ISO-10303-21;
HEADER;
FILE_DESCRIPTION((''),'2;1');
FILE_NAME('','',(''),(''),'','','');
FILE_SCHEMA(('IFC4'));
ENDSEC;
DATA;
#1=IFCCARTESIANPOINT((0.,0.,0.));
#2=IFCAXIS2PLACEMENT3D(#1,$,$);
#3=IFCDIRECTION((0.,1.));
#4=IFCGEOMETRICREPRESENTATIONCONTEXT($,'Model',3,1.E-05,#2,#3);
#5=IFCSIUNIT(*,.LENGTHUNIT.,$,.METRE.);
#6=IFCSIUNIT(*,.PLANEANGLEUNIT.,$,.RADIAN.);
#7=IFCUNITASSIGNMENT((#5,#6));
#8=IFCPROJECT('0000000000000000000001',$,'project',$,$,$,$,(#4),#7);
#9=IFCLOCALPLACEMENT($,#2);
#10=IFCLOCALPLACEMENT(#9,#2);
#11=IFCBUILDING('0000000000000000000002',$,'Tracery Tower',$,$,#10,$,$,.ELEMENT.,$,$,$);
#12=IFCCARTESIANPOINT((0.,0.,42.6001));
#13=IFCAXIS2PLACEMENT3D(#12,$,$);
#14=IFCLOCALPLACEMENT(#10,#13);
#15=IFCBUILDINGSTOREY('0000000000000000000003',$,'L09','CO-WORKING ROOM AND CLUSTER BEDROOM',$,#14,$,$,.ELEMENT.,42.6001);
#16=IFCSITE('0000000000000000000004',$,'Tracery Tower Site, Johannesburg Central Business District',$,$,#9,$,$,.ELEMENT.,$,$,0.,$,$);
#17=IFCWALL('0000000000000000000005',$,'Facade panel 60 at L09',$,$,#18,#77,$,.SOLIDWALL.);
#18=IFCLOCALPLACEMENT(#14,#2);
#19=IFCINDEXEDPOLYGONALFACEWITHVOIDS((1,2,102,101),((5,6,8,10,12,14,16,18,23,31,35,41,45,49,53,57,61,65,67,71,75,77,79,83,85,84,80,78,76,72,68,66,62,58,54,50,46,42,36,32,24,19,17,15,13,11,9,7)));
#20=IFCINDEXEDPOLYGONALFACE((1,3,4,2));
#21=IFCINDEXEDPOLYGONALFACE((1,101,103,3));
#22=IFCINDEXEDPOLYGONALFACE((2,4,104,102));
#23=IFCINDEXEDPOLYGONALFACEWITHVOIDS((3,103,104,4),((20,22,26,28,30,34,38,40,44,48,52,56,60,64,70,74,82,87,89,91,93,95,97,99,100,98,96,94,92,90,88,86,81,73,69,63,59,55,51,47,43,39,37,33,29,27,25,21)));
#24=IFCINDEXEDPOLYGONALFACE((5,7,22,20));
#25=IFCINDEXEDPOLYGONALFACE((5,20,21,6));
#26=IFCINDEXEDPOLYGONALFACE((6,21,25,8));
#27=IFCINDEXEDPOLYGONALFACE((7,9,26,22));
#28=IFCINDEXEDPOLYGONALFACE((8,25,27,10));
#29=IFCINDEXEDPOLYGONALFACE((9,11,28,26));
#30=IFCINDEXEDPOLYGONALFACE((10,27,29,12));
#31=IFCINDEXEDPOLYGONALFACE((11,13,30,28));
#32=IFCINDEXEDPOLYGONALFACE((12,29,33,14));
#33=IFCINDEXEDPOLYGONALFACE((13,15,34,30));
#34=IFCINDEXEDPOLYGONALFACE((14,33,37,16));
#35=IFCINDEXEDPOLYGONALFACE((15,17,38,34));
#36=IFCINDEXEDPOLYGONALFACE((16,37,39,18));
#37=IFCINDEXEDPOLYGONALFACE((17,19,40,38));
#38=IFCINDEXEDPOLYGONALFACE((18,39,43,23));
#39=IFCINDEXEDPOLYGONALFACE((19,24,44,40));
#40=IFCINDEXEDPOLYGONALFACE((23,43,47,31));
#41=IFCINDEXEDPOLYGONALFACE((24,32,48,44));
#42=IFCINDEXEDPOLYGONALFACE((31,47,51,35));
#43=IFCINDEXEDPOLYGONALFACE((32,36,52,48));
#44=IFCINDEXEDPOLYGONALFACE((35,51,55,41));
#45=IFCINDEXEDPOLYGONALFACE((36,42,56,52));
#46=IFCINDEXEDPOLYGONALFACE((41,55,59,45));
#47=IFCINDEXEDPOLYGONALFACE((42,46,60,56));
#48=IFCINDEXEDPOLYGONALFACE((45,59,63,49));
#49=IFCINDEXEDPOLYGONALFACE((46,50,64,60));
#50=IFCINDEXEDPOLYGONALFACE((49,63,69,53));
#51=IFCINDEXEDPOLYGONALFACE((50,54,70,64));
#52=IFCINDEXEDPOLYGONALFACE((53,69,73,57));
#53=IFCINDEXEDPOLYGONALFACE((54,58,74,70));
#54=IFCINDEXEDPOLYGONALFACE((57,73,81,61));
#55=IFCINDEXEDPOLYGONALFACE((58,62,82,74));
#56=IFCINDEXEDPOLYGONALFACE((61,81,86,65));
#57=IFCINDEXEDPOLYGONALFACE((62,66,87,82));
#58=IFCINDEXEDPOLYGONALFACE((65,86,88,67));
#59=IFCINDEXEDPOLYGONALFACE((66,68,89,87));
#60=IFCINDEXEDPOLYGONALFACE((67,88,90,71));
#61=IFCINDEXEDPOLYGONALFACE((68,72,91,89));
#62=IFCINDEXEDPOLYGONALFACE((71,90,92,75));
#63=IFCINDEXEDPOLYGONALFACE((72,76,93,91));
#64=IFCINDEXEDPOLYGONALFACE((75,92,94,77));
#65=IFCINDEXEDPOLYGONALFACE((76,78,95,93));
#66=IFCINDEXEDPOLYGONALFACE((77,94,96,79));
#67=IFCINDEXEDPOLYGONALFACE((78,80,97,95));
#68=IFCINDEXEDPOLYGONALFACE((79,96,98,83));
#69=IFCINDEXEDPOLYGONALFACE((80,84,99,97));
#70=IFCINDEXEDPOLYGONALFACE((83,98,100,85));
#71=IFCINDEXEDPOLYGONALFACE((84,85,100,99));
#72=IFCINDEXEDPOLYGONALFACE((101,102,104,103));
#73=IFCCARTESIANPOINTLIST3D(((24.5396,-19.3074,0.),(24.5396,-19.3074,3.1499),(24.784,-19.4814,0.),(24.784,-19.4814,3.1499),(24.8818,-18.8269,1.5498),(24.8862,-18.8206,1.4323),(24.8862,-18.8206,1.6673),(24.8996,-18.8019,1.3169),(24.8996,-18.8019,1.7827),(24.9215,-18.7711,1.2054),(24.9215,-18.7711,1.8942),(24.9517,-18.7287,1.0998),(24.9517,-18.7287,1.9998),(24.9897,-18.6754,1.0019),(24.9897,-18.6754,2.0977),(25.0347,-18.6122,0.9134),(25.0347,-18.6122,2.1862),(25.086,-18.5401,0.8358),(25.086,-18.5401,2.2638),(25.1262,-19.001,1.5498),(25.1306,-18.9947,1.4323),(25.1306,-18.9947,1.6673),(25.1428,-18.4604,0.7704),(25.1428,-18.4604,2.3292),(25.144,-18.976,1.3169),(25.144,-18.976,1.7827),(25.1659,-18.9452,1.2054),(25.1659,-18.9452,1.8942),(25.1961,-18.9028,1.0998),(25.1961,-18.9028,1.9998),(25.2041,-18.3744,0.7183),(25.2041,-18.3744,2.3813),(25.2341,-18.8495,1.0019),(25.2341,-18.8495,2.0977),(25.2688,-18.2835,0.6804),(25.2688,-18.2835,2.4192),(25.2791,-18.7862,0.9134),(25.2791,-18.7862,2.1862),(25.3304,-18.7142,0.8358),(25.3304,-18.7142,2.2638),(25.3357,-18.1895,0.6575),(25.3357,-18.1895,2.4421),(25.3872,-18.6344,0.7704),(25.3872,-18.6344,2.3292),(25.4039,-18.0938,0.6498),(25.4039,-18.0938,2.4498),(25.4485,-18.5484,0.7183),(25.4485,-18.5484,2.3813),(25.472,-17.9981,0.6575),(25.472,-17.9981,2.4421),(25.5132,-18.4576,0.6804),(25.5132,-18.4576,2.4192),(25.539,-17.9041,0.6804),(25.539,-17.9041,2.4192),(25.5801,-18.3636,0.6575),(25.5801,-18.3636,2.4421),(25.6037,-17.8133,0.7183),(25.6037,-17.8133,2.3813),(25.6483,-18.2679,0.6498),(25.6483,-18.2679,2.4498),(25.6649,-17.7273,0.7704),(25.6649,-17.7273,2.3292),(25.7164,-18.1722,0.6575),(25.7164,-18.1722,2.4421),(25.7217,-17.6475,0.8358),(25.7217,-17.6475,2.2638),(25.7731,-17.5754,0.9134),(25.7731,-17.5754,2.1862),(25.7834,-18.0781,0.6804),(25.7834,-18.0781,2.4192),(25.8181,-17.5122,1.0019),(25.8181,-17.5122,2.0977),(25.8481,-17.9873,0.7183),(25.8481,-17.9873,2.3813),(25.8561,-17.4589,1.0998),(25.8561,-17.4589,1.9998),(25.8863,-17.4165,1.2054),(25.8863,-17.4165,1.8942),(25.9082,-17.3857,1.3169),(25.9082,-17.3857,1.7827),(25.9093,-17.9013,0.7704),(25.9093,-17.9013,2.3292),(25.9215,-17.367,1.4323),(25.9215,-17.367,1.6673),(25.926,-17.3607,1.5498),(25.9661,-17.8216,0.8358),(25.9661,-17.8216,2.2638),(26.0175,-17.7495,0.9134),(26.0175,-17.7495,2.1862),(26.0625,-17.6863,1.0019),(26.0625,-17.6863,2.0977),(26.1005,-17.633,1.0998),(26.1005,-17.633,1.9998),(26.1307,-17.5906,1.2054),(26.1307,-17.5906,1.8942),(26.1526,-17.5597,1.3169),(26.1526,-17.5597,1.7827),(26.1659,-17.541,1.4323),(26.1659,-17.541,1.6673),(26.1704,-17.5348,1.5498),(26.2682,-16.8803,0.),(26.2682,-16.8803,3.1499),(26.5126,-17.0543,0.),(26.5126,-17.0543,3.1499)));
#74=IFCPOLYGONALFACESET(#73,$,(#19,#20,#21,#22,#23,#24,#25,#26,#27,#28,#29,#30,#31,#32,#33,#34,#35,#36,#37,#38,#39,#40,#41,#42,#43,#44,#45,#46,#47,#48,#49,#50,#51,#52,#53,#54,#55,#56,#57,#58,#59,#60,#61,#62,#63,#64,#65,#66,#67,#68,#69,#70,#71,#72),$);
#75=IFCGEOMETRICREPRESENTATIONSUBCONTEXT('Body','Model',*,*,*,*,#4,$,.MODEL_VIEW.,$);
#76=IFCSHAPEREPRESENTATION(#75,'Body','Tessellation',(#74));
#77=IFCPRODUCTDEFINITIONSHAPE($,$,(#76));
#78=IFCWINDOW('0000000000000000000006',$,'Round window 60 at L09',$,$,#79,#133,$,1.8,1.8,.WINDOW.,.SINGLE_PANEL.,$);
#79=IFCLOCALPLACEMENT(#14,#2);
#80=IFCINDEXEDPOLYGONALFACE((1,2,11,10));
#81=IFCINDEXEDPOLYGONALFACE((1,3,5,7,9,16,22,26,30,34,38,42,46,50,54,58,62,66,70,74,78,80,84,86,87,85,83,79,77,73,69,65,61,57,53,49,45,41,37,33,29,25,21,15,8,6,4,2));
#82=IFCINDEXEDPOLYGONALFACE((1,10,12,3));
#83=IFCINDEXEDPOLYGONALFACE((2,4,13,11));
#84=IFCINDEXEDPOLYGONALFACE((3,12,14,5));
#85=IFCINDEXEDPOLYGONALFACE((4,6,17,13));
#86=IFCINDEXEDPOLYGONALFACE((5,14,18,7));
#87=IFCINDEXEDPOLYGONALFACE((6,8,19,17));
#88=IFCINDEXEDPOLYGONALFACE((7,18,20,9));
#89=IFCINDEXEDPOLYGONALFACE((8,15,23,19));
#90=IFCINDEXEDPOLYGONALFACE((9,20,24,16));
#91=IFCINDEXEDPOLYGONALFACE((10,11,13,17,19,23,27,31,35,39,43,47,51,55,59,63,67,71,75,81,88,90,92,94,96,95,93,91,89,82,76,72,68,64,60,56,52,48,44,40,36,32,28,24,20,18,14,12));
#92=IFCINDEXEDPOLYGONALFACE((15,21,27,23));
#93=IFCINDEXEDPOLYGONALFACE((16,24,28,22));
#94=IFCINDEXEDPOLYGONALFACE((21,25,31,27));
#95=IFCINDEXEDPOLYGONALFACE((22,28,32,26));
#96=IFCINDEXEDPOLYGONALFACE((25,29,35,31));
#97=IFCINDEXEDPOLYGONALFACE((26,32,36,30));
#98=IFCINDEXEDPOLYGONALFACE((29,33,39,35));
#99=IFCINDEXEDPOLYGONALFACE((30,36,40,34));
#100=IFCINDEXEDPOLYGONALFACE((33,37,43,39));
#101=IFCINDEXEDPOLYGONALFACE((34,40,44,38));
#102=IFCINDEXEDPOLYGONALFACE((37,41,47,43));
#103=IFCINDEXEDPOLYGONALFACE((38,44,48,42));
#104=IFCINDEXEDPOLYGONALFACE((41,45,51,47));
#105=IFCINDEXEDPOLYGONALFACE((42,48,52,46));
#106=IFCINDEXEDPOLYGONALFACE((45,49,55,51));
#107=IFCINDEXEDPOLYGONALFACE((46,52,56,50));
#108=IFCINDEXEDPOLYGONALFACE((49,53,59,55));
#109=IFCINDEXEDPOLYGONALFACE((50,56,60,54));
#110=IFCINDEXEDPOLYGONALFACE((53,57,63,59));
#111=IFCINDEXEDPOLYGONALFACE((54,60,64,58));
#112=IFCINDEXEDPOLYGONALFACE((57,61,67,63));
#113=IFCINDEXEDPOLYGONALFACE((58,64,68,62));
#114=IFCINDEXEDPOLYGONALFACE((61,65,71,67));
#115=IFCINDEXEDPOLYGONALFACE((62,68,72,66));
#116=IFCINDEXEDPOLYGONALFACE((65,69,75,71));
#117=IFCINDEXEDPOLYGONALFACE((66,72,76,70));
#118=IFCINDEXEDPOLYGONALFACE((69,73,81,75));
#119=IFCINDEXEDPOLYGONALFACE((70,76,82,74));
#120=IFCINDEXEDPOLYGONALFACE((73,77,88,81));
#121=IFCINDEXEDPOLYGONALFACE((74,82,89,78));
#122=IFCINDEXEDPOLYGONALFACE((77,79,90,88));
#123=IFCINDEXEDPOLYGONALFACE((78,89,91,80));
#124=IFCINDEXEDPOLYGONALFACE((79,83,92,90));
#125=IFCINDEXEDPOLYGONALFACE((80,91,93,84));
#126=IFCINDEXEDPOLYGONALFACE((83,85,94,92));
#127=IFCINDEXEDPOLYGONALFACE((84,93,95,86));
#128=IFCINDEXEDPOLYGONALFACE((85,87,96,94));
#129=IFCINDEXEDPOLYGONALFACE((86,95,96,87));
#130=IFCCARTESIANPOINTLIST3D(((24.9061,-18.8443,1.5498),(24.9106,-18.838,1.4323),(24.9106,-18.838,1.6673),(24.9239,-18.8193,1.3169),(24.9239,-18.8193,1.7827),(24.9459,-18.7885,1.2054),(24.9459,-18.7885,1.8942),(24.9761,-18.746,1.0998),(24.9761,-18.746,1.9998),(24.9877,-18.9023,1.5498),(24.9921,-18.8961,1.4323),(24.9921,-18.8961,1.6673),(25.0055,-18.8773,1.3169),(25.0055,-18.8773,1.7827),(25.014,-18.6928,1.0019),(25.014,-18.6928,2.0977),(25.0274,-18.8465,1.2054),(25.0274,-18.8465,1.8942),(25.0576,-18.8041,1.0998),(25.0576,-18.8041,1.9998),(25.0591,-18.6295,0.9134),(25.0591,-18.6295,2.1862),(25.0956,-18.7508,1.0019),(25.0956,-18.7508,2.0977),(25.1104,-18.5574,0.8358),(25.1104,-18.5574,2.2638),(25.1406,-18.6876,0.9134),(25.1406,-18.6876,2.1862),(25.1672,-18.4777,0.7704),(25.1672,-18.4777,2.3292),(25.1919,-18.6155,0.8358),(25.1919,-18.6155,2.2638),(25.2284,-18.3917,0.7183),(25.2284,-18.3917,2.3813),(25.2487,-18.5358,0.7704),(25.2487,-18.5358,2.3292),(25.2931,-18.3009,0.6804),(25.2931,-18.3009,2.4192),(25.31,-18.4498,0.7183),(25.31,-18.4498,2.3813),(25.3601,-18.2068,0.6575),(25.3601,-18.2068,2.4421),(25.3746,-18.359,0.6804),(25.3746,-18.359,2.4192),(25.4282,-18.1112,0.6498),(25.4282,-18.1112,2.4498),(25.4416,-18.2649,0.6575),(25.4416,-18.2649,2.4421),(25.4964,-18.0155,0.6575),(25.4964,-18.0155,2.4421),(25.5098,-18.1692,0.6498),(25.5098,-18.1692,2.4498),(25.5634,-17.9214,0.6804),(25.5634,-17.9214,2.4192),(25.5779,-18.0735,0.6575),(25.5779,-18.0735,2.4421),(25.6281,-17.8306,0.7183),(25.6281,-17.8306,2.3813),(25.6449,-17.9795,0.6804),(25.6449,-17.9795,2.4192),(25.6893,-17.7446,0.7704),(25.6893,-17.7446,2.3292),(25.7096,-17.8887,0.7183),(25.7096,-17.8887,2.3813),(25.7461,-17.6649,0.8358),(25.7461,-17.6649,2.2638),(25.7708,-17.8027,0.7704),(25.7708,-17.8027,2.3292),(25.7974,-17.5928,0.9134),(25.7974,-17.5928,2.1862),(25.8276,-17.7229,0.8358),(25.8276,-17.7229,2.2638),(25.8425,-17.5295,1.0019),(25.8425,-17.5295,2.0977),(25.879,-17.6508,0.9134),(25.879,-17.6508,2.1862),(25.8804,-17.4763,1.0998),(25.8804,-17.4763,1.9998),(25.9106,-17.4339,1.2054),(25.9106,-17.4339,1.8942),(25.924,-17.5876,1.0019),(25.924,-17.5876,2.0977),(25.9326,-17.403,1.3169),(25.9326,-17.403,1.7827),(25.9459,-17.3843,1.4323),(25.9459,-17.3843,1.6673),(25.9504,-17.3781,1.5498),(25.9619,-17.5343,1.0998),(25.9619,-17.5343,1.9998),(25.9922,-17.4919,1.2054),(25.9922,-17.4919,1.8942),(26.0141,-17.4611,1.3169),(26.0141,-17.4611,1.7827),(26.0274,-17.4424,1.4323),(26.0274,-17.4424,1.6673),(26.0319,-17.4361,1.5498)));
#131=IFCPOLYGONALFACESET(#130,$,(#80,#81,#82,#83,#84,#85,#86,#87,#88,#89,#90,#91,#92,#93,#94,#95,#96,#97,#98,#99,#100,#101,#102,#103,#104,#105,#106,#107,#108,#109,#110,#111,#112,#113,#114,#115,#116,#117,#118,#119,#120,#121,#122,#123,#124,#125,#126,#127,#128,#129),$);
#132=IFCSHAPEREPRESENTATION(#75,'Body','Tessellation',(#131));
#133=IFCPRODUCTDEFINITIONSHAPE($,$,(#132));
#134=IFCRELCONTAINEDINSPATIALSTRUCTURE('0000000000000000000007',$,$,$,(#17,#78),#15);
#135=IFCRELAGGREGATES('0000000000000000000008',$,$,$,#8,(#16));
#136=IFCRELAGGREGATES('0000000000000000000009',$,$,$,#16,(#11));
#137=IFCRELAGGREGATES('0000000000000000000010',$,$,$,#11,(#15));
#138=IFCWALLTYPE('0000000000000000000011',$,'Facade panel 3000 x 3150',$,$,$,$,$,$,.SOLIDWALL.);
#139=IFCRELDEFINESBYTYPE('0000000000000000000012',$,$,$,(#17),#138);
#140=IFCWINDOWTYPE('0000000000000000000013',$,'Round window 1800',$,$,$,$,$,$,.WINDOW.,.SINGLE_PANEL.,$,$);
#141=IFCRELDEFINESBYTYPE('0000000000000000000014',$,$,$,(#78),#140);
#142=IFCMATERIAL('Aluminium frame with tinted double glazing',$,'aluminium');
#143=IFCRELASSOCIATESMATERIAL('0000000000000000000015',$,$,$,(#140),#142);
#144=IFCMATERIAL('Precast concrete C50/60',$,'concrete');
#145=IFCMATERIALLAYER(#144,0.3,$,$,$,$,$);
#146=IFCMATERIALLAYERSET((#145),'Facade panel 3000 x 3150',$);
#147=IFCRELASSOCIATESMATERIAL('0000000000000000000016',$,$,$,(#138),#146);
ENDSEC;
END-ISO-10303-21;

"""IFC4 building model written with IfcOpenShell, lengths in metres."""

from ifc_helpers import new_model, si_unit, direction, frame, frame_2d, origin, origin_2d, place, context, subcontext, project, spatial, rectangle, circle, extrude, material, layer, layer_set, type_object, element, fill, save


model = new_model("IFC4")

# Units and contexts
model_context = context("Model", 3, precision=1e-05, world=origin(), true_north=direction((0.0, 1.0)))
body_context = subcontext(model_context, "Body", "Model", "MODEL_VIEW")
ifc_project = project(units=[si_unit("LENGTHUNIT", "METRE"), si_unit("PLANEANGLEUNIT", "RADIAN")], contexts=[model_context])

# Site, building, storey
site_placement = place(None, origin())
site = spatial("IfcSite", under=ifc_project, at=site_placement, Name="Tracery Tower Site, Johannesburg Central Business District", CompositionType="ELEMENT", RefElevation=0.0)
building_placement = place(site_placement, origin())
building = spatial("IfcBuilding", under=site, at=building_placement, Name="Tracery Tower", CompositionType="ELEMENT")
storey_placement = place(building_placement, frame((0.0, 0.0, 42.6001)))
storey = spatial("IfcBuildingStorey", under=building, at=storey_placement, Name="L09", Description="CO-WORKING ROOM AND CLUSTER BEDROOM", CompositionType="ELEMENT", Elevation=42.6001)

# Wall, opening, window
ifc_material_1 = material(Name="Aluminium frame with tinted double glazing", Category="aluminium")
window_type = type_object("IfcWindowType", Name="Round window 1800", PartitioningType="SINGLE_PANEL", PredefinedType="WINDOW", material=ifc_material_1)
ifc_material_2 = material(Name="Precast concrete C50/60", Category="concrete")
ifc_layer_1 = layer(ifc_material_2, 0.3)
ifc_layer_set_1 = layer_set([ifc_layer_1], Name="Facade panel 3000 x 3150")
wall_type_1 = type_object("IfcWallType", Name="Facade panel 3000 x 3150", PredefinedType="SOLIDWALL", material=ifc_layer_set_1)
wall_1_placement = place(storey_placement, frame((24.6619, -19.3943, 0.0), z_axis=(0.0, 0.0, 1.0), x_axis=(0.580114, 0.814535, 0.0)))
wall_1 = element("IfcWall", 1, at=wall_1_placement, inside=storey, type_object=wall_type_1, Name="Facade panel 60 at L09", PredefinedType="SOLIDWALL", context=body_context, shape_type="SweptSolid", body=[
    extrude(rectangle(XDim=2.9797, YDim=0.3, at=frame_2d((1.4897, 0.0))), origin(), (0.0, 0.0, 1.0), 3.1499),
])
opening_1_placement = place(wall_1_placement, frame((1.4897, 0.0, 1.5498)))
opening_1 = element("IfcOpeningElement", 2, at=opening_1_placement, cuts=wall_1, PredefinedType="OPENING", context=body_context, shape_type="SweptSolid", body=[
    extrude(circle(Radius=0.9, at=origin_2d()), frame((0.0, 0.1599, 0.0), z_axis=(0.0, -1.0, 0.0), x_axis=(1.0, 0.0, 0.0)), (0.0, 0.0, 1.0), 0.3201),
])
window_1_placement = place(opening_1_placement, origin())
window_1 = element("IfcWindow", 3, at=window_1_placement, inside=storey, type_object=window_type, Name="Round window 60 at L09", OverallHeight=1.8, OverallWidth=1.8, PartitioningType="SINGLE_PANEL", PredefinedType="WINDOW", context=body_context, shape_type="SweptSolid", body=[
    extrude(circle(Radius=0.9, at=origin_2d()), frame((0.0, 0.1201, 0.0), z_axis=(0.0, -1.0, 0.0), x_axis=(1.0, 0.0, 0.0)), (0.0, 0.0, 1.0), 0.1001),
])
fill(opening_1, window_1)

save(model, "model.ifc")
